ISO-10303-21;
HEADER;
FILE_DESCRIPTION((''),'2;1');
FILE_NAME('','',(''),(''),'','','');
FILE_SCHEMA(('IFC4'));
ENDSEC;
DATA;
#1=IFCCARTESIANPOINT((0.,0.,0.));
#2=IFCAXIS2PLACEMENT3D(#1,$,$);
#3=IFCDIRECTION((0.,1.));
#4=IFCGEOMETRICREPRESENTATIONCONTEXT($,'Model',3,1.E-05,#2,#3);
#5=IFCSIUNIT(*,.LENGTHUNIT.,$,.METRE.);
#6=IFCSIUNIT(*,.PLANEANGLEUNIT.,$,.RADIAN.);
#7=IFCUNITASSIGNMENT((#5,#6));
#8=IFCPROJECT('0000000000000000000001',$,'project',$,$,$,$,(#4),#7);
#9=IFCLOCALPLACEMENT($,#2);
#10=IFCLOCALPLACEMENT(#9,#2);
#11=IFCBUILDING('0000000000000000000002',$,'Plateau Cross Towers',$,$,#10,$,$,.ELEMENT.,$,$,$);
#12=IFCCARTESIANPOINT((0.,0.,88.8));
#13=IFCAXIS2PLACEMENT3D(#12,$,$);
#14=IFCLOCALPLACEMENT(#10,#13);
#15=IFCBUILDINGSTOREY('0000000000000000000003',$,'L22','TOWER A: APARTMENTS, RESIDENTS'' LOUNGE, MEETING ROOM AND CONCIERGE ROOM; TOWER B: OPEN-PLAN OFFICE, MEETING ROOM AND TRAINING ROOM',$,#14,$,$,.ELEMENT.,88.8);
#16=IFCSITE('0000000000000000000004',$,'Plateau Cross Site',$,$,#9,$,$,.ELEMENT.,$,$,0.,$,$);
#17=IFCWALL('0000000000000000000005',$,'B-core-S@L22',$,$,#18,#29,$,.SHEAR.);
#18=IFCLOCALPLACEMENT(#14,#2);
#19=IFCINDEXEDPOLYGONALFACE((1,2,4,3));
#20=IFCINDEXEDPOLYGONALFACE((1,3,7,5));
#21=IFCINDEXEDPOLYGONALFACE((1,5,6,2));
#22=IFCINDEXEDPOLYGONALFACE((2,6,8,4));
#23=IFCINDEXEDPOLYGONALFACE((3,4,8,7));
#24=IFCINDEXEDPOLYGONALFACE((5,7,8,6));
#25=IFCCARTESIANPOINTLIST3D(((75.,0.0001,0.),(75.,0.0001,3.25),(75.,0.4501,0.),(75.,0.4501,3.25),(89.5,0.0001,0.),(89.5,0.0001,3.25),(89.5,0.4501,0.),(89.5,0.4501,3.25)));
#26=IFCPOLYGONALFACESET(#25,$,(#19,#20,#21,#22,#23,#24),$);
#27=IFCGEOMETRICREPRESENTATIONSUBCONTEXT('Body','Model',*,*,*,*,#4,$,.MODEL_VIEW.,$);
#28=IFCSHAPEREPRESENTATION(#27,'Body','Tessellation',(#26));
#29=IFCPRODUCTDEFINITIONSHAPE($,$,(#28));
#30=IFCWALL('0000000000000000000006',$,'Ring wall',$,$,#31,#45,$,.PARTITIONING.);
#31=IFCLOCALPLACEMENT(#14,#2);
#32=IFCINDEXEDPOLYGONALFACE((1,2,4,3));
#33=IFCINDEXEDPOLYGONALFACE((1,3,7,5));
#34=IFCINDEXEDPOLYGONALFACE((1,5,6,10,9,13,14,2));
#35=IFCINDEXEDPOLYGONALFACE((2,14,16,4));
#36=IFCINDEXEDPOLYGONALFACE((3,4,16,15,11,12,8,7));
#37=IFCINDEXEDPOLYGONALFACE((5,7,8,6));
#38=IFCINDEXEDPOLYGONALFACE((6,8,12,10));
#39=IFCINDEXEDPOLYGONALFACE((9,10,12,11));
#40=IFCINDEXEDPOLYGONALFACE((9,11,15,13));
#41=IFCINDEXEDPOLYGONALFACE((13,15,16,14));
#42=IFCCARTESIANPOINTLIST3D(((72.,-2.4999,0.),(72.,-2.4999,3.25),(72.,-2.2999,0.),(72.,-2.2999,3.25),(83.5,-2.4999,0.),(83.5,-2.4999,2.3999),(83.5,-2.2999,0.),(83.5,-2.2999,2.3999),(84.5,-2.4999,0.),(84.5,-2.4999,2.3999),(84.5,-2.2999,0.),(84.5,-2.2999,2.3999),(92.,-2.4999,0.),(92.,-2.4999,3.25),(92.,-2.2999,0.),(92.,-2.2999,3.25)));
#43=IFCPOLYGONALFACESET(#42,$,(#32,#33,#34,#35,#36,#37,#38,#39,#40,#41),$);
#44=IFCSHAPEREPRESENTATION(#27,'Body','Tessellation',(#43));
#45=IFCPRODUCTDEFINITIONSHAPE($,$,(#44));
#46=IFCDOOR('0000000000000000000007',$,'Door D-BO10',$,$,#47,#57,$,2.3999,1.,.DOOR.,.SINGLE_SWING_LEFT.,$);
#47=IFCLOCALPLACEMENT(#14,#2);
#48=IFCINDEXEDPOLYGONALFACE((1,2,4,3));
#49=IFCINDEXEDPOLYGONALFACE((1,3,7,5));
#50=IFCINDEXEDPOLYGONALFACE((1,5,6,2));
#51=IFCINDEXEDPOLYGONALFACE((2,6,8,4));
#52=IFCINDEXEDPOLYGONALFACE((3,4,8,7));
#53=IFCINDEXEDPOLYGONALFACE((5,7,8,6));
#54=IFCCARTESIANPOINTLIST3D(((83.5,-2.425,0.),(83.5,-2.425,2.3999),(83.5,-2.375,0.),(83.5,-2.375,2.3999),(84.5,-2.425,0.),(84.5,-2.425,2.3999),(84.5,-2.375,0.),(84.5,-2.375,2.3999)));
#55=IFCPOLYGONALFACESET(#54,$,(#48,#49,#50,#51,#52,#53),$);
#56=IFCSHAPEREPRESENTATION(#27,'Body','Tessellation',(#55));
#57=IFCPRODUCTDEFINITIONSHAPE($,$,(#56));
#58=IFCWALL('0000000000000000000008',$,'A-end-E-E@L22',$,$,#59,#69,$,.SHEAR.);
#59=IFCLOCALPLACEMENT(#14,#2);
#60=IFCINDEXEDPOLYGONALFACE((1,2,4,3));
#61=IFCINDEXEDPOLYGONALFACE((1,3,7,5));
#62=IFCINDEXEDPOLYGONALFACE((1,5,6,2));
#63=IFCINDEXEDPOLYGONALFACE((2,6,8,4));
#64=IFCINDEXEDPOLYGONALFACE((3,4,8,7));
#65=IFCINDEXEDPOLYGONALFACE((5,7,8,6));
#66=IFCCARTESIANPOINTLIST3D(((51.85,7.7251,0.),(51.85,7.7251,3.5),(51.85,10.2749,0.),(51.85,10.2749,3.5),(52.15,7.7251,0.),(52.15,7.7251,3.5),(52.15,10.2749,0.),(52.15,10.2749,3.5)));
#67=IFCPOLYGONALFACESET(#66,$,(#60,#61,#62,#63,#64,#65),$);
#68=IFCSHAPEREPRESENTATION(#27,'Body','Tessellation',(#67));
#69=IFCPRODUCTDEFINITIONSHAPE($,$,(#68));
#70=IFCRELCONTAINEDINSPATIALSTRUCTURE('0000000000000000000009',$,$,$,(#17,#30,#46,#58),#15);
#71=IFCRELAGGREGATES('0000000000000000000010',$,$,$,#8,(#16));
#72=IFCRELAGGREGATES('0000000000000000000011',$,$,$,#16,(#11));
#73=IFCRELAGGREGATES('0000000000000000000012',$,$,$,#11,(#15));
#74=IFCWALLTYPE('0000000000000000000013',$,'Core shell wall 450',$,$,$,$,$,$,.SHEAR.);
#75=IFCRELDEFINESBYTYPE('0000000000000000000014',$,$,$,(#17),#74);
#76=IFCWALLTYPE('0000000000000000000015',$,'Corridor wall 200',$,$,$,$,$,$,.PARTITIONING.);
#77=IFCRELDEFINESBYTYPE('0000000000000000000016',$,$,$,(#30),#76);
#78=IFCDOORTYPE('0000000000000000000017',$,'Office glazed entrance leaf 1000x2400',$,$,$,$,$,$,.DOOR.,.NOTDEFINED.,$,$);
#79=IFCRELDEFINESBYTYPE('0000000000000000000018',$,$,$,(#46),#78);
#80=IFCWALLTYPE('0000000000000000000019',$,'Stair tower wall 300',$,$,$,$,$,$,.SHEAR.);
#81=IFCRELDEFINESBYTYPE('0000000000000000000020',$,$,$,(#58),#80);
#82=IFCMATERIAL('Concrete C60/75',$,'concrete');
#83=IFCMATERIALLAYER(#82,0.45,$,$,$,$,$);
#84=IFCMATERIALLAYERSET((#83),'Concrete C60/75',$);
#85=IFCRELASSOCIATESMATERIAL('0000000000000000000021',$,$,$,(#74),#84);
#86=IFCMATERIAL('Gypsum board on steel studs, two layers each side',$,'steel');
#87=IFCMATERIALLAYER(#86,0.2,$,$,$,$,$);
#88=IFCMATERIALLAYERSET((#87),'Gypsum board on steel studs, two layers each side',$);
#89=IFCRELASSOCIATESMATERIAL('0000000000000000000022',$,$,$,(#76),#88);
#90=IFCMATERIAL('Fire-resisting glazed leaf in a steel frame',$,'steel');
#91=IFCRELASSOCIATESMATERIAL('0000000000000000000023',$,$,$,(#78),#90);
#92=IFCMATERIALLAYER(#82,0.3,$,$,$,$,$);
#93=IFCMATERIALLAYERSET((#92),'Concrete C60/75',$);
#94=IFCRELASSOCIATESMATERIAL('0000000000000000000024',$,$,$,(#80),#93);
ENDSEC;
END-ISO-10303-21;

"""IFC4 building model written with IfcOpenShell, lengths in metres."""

from ifc_helpers import new_model, si_unit, direction, frame, frame_2d, origin, place, context, subcontext, project, spatial, rectangle, extrude, material, layer, layer_set, type_object, element, fill, save


model = new_model("IFC4")

# Units and contexts
model_context = context("Model", 3, precision=1e-05, world=origin(), true_north=direction((0.0, 1.0)))
body_context = subcontext(model_context, "Body", "Model", "MODEL_VIEW")
ifc_project = project(units=[si_unit("LENGTHUNIT", "METRE"), si_unit("PLANEANGLEUNIT", "RADIAN")], contexts=[model_context])

# Site, building, storey
site_placement = place(None, origin())
site = spatial("IfcSite", under=ifc_project, at=site_placement, Name="Plateau Cross Site", CompositionType="ELEMENT", RefElevation=0.0)
building_placement = place(site_placement, origin())
building = spatial("IfcBuilding", under=site, at=building_placement, Name="Plateau Cross Towers", CompositionType="ELEMENT")
storey_placement = place(building_placement, frame((0.0, 0.0, 88.8)))
storey = spatial("IfcBuildingStorey", under=building, at=storey_placement, Name="L22", Description="TOWER A: APARTMENTS, RESIDENTS' LOUNGE, MEETING ROOM AND CONCIERGE ROOM; TOWER B: OPEN-PLAN OFFICE, MEETING ROOM AND TRAINING ROOM", CompositionType="ELEMENT", Elevation=88.8)

# Shared definitions
ifc_material_1 = material(Name="Concrete C60/75", Category="concrete")

# Wall
ifc_layer_1 = layer(ifc_material_1, 0.45)
ifc_layer_set_1 = layer_set([ifc_layer_1], Name="Concrete C60/75")
wall_type_1 = type_object("IfcWallType", Name="Core shell wall 450", PredefinedType="SHEAR", material=ifc_layer_set_1)
wall_1_placement = place(storey_placement, frame((75.0, 0.2251, 0.0), z_axis=(0.0, 0.0, 1.0), x_axis=(1.0, 0.0, 0.0)))
element("IfcWall", 1, at=wall_1_placement, inside=storey, type_object=wall_type_1, Name="B-core-S@L22", PredefinedType="SHEAR", context=body_context, shape_type="SweptSolid", body=[
    extrude(rectangle(XDim=14.5, YDim=0.45, at=frame_2d((7.25, 0.0))), origin(), (0.0, 0.0, 1.0), 3.25),
])

# Wall, opening, door
ifc_material_2 = material(Name="Gypsum board on steel studs, two layers each side", Category="steel")
ifc_layer_2 = layer(ifc_material_2, 0.2)
ifc_layer_set_2 = layer_set([ifc_layer_2], Name="Gypsum board on steel studs, two layers each side")
wall_type_2 = type_object("IfcWallType", Name="Corridor wall 200", PredefinedType="PARTITIONING", material=ifc_layer_set_2)
wall_2_placement = place(storey_placement, frame((72.0, -2.3999, 0.0), z_axis=(0.0, 0.0, 1.0), x_axis=(1.0, 0.0, 0.0)))
wall_2 = element("IfcWall", 2, at=wall_2_placement, inside=storey, type_object=wall_type_2, Name="Ring wall", PredefinedType="PARTITIONING", context=body_context, shape_type="SweptSolid", body=[
    extrude(rectangle(XDim=20.0, YDim=0.2, at=frame_2d((10.0, 0.0))), origin(), (0.0, 0.0, 1.0), 3.25),
])
opening_placement = place(wall_2_placement, frame((11.5, 0.0, 0.0)))
opening = element("IfcOpeningElement", 3, at=opening_placement, cuts=wall_2, PredefinedType="OPENING", context=body_context, shape_type="SweptSolid", body=[
    extrude(rectangle(XDim=1.0, YDim=2.3999, at=frame_2d((0.5, 1.2))), frame((0.0, 0.1099, 0.0), z_axis=(0.0, -1.0, 0.0), x_axis=(1.0, 0.0, 0.0)), (0.0, 0.0, 1.0), 0.22),
])
ifc_material_3 = material(Name="Fire-resisting glazed leaf in a steel frame", Category="steel")
door_type = type_object("IfcDoorType", Name="Office glazed entrance leaf 1000x2400", OperationType="NOTDEFINED", PredefinedType="DOOR", material=ifc_material_3)
door_placement = place(opening_placement, origin())
door = element("IfcDoor", 4, at=door_placement, inside=storey, type_object=door_type, Name="Door D-BO10", OperationType="SINGLE_SWING_LEFT", OverallHeight=2.3999, OverallWidth=1.0, PredefinedType="DOOR", context=body_context, shape_type="SweptSolid", body=[
    extrude(rectangle(XDim=1.0, YDim=2.3999, at=frame_2d((0.5, 1.2))), frame((0.0, 0.0249, 0.0), z_axis=(0.0, -1.0, 0.0), x_axis=(1.0, 0.0, 0.0)), (0.0, 0.0, 1.0), 0.05),
])
fill(opening, door)

# Wall
ifc_layer_3 = layer(ifc_material_1, 0.3)
ifc_layer_set_3 = layer_set([ifc_layer_3], Name="Concrete C60/75")
wall_type_3 = type_object("IfcWallType", Name="Stair tower wall 300", PredefinedType="SHEAR", material=ifc_layer_set_3)
wall_3_placement = place(storey_placement, frame((52.0, 7.7251, 0.0), z_axis=(0.0, 0.0, 1.0), x_axis=(0.0, 1.0, 0.0)))
element("IfcWall", 5, at=wall_3_placement, inside=storey, type_object=wall_type_3, Name="A-end-E-E@L22", PredefinedType="SHEAR", context=body_context, shape_type="SweptSolid", body=[
    extrude(rectangle(XDim=2.5498, YDim=0.3, at=frame_2d((1.2749, 0.0))), origin(), (0.0, 0.0, 1.0), 3.5),
])

save(model, "model.ifc")
